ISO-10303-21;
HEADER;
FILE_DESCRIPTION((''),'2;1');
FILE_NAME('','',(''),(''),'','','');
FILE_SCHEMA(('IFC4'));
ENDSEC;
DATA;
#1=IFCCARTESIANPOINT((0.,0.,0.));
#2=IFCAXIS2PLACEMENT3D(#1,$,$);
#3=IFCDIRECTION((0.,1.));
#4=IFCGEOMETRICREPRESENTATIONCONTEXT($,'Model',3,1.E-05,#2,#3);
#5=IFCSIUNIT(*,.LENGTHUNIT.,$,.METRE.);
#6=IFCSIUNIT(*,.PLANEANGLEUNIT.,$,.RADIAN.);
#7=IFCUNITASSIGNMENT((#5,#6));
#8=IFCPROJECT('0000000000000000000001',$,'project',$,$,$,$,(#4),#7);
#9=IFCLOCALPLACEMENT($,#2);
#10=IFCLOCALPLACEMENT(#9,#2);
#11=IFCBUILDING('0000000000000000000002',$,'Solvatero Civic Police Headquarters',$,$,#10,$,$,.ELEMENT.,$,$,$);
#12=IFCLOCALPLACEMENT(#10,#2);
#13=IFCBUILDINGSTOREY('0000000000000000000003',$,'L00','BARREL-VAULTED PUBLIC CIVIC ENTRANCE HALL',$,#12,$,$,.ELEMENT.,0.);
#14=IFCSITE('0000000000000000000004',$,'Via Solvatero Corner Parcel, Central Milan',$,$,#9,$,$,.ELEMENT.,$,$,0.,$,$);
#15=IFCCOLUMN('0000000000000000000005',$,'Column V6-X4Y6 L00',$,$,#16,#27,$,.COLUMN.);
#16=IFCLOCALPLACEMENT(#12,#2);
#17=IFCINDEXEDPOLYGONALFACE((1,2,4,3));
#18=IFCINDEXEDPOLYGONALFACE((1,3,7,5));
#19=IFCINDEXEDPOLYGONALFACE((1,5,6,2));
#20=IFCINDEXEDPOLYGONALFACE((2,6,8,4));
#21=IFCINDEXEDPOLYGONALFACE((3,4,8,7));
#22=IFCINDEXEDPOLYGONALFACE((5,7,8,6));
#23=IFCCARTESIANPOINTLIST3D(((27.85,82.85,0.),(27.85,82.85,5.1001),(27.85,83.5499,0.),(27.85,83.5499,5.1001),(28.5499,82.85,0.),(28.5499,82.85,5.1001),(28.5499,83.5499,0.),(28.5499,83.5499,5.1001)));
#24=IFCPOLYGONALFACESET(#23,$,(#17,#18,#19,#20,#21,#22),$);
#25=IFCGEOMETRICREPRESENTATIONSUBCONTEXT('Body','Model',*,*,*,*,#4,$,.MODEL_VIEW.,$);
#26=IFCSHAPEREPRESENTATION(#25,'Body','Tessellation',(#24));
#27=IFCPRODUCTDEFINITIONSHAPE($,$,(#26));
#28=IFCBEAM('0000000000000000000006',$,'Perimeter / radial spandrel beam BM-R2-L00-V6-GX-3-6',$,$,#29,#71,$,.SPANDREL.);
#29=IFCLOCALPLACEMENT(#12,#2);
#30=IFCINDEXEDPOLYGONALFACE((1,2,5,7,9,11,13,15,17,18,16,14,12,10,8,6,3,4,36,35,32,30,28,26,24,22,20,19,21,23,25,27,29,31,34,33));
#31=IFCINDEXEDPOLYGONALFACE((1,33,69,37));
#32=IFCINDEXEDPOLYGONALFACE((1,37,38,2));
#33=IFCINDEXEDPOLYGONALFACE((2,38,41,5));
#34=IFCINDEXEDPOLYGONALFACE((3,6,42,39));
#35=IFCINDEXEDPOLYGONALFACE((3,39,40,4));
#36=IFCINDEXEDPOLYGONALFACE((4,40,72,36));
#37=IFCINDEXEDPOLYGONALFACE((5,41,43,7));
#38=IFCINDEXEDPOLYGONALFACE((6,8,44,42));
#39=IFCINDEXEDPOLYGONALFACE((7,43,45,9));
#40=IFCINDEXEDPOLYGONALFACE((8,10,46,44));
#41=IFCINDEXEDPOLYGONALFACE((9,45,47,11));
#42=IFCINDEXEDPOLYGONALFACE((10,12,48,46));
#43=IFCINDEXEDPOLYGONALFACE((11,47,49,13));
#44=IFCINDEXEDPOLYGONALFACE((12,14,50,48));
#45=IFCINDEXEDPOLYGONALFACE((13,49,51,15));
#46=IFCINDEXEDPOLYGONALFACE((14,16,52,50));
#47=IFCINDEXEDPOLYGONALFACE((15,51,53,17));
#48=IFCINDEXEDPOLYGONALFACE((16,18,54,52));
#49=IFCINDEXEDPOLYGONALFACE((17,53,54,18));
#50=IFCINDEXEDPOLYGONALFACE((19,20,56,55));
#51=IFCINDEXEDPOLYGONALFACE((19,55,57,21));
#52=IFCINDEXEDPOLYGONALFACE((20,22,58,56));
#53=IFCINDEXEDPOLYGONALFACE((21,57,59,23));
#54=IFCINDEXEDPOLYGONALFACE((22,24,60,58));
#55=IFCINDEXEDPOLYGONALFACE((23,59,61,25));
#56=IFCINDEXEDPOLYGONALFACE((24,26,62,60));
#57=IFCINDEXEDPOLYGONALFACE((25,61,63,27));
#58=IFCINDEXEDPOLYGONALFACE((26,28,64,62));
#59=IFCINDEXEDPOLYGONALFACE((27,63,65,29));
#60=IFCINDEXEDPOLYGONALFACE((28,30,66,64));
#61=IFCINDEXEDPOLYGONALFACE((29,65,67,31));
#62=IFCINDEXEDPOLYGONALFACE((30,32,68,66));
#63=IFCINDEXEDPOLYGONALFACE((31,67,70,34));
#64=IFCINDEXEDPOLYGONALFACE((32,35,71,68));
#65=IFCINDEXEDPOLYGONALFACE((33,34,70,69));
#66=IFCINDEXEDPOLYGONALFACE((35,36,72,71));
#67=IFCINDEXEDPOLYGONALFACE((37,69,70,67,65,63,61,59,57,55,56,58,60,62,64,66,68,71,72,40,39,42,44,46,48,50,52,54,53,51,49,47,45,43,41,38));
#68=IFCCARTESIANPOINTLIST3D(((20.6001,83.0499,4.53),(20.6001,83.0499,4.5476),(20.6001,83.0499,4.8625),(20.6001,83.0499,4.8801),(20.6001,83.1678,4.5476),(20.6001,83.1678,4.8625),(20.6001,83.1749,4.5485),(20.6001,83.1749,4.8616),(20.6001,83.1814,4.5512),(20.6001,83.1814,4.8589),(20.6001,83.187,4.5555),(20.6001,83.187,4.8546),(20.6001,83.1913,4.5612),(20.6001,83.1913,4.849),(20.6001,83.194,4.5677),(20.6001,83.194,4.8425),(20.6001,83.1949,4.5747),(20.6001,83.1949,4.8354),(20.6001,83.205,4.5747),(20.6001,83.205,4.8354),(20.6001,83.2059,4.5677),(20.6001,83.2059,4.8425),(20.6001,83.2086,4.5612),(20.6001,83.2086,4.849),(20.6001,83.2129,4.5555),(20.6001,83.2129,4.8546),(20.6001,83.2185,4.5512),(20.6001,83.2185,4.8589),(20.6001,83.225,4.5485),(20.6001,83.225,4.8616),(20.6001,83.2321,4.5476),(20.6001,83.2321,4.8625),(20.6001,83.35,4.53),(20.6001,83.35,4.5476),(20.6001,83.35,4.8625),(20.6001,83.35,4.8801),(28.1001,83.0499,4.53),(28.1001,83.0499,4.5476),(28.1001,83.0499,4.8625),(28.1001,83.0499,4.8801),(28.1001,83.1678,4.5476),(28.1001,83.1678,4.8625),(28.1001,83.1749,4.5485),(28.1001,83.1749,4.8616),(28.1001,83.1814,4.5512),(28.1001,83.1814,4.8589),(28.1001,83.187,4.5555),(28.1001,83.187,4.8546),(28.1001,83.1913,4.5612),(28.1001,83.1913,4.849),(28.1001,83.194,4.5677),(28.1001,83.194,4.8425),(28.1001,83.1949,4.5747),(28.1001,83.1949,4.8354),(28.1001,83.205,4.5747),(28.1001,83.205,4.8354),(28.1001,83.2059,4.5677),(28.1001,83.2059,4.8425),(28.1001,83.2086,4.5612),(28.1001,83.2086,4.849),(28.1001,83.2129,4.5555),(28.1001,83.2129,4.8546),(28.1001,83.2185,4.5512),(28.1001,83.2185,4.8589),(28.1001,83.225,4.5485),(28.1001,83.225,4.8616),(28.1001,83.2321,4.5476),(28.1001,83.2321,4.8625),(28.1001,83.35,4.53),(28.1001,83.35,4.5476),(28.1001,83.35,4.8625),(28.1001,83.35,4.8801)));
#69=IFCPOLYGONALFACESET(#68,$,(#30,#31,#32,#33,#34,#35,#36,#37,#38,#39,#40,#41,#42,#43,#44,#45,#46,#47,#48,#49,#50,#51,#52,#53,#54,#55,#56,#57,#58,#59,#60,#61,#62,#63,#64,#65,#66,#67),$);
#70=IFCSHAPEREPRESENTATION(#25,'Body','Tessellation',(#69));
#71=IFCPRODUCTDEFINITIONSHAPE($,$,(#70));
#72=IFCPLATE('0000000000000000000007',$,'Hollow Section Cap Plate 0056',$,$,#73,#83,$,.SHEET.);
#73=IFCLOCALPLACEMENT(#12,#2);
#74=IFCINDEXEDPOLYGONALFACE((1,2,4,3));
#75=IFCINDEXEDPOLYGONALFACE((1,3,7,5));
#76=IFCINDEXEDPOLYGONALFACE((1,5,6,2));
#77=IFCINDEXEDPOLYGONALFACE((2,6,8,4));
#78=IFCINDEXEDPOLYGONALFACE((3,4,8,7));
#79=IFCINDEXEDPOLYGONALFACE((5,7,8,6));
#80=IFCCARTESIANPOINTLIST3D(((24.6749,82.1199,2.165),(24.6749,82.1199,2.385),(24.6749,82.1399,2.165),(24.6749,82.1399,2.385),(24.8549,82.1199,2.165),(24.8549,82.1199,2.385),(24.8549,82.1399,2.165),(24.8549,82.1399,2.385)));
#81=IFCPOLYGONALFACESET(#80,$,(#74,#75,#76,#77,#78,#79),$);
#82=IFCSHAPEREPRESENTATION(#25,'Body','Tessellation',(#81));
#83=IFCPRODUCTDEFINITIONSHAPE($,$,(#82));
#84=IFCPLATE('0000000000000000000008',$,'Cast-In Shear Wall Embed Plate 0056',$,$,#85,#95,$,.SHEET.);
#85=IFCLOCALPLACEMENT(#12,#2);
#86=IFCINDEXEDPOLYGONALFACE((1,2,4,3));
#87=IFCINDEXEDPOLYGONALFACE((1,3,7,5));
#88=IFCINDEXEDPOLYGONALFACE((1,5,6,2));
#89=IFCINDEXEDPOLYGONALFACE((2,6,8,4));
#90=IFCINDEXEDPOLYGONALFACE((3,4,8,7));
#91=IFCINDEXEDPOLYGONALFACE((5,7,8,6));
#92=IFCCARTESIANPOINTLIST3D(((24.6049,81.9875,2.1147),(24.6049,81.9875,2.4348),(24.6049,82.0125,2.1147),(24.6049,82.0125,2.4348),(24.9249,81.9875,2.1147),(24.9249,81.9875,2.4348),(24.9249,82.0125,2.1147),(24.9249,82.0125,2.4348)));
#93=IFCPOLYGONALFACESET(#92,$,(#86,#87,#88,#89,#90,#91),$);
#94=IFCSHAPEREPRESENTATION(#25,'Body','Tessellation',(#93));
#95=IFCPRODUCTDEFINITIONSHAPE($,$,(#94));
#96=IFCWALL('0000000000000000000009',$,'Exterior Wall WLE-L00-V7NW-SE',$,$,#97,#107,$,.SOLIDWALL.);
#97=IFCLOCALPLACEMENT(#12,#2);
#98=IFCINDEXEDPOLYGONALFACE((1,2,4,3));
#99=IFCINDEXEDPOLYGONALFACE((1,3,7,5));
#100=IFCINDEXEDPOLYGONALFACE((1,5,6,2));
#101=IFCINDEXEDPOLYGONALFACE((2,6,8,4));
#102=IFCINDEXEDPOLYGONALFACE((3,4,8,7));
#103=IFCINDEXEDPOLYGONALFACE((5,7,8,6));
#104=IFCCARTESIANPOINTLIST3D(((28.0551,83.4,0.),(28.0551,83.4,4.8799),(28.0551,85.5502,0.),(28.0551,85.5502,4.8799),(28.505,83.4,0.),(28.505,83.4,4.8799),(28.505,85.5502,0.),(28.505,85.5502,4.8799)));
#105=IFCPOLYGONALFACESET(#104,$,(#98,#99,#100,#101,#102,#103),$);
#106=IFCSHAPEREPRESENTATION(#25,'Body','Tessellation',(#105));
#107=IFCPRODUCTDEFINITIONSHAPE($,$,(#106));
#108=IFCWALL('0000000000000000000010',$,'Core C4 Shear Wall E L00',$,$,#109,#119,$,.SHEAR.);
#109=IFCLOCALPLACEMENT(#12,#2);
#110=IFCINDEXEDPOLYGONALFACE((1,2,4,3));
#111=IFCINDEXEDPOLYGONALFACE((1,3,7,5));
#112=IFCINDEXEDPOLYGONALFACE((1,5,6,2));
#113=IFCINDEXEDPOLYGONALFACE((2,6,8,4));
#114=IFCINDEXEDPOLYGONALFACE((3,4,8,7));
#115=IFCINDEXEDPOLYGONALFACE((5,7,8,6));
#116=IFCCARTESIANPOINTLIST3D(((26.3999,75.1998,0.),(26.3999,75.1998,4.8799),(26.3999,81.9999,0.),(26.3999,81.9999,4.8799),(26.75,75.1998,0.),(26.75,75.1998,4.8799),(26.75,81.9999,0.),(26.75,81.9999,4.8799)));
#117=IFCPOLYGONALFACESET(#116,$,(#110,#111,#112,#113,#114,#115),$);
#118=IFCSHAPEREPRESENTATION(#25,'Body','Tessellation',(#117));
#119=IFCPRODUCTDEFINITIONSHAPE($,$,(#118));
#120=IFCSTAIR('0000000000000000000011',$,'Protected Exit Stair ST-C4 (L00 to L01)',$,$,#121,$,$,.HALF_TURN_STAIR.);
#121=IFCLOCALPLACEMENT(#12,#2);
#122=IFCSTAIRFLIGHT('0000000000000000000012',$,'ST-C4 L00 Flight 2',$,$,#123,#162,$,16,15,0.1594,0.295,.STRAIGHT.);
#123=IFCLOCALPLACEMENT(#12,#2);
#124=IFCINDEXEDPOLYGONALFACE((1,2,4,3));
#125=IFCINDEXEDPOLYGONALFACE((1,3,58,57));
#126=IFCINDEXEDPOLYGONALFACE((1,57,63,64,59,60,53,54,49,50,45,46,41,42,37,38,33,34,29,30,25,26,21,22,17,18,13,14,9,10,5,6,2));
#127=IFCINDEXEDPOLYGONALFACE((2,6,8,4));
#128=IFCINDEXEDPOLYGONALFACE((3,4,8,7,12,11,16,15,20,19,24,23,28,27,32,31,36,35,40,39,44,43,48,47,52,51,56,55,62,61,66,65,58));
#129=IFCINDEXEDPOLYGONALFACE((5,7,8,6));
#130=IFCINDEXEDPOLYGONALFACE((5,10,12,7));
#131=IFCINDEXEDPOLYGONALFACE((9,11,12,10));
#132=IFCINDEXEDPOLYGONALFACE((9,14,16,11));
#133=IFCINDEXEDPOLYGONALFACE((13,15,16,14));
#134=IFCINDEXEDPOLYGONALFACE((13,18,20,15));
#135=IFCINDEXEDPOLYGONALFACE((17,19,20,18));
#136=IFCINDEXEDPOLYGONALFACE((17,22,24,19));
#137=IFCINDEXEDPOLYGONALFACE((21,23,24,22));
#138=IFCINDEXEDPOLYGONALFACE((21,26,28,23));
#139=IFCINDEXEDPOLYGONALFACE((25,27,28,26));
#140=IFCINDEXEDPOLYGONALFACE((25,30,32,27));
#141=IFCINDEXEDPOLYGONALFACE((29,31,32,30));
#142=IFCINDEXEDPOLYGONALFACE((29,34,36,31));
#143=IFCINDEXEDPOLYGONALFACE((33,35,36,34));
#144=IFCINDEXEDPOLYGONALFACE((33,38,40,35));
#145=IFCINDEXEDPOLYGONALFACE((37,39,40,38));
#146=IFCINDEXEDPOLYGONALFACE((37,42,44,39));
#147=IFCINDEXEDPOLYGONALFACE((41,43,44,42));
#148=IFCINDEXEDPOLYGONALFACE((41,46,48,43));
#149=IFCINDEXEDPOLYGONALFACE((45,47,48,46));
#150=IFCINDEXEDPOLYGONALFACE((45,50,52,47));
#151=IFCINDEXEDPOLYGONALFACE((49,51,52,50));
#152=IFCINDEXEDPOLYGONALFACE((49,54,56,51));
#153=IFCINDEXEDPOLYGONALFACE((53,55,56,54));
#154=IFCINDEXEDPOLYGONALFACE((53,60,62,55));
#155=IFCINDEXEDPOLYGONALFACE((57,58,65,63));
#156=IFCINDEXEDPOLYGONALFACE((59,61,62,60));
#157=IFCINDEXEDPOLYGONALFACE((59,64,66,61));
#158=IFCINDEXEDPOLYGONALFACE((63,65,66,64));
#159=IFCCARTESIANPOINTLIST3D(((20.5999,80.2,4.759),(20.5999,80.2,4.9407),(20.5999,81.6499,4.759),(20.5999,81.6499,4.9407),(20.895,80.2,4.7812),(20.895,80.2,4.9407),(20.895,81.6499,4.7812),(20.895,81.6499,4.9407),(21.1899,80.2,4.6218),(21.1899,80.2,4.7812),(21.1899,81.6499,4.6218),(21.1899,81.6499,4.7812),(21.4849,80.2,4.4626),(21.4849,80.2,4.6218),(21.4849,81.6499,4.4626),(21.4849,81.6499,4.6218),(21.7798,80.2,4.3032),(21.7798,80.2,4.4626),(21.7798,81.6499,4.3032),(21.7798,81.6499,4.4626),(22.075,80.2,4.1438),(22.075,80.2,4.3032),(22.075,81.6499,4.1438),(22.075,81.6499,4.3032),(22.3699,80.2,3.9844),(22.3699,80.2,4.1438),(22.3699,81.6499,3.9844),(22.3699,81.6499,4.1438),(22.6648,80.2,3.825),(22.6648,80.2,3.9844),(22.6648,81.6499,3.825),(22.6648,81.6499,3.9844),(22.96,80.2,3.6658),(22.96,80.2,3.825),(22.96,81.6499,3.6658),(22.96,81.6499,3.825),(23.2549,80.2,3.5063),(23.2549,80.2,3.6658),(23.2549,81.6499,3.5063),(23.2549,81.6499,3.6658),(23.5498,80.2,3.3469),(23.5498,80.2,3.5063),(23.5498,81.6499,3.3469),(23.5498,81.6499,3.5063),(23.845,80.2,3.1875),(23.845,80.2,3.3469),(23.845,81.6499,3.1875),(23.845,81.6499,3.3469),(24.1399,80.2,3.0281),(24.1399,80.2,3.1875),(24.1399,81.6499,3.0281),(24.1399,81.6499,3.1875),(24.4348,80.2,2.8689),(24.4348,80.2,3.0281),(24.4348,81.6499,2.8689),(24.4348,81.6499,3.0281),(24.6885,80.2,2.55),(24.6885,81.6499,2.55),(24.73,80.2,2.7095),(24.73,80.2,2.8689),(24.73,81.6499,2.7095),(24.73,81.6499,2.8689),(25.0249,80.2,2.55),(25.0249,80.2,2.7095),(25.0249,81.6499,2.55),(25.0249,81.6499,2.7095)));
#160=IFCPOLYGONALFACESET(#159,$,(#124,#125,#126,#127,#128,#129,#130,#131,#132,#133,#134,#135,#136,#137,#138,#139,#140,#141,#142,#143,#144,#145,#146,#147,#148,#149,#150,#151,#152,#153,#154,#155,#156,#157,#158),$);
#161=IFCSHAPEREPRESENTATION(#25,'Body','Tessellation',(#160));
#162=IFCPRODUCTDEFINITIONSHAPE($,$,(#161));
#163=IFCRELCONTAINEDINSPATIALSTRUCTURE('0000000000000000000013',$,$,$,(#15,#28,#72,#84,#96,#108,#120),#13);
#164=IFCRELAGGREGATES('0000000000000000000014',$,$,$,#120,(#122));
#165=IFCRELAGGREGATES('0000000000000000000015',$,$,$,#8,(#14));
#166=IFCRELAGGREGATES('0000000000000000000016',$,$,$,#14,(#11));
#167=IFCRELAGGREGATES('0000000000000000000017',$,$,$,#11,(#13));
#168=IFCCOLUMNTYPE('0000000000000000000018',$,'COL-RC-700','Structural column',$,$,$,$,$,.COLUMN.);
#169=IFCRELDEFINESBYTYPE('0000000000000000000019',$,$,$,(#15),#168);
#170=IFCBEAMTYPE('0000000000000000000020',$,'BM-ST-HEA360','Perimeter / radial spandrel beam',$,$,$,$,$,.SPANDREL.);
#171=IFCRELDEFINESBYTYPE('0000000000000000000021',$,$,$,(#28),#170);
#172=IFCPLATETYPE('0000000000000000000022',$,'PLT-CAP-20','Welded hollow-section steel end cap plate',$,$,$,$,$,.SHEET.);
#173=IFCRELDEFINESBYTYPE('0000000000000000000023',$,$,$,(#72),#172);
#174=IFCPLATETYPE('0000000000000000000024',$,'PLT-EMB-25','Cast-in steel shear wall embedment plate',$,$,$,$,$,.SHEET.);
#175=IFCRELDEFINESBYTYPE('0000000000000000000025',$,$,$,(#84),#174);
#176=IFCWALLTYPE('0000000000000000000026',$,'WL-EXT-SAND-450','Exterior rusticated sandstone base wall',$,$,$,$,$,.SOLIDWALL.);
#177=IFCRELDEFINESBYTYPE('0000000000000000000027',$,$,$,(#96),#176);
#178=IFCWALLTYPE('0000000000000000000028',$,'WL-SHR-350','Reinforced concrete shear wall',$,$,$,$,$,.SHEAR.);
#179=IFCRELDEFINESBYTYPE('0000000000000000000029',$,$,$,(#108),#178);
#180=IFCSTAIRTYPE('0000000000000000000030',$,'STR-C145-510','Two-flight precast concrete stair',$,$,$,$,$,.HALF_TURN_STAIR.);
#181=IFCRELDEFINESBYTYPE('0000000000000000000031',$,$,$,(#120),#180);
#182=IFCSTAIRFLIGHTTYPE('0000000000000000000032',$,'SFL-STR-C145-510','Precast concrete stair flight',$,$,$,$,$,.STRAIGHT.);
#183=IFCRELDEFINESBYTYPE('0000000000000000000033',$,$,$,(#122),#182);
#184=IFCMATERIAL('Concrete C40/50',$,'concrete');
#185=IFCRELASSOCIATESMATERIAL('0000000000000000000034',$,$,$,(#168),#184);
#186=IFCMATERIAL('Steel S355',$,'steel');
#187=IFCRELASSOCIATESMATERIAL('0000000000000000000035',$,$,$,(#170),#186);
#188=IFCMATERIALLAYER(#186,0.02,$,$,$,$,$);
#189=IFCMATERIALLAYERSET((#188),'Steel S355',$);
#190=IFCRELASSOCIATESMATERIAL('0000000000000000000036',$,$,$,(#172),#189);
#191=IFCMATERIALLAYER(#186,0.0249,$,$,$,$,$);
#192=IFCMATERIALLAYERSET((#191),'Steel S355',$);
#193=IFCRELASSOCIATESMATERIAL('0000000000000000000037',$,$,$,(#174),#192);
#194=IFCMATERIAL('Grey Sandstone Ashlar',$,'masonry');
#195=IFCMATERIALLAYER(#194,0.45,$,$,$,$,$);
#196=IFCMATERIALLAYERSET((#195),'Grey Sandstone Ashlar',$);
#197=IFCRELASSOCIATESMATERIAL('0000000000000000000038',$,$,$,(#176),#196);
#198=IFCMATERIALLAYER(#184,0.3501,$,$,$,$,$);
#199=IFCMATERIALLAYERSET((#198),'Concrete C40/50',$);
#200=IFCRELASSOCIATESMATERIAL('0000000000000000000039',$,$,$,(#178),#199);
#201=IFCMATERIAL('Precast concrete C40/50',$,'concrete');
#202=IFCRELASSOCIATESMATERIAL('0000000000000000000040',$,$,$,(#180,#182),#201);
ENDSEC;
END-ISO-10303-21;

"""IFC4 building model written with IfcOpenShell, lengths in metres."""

from ifc_helpers import new_model, si_unit, direction, frame, frame_2d, origin, origin_2d, place, context, subcontext, project, spatial, polyline, rectangle, i_section, outline, extrude, material, layer, layer_set, material_profile, profile_set, type_object, element, aggregate, save


model = new_model("IFC4")

# Units and contexts
model_context = context("Model", 3, precision=1e-05, world=origin(), true_north=direction((0.0, 1.0)))
body_context = subcontext(model_context, "Body", "Model", "MODEL_VIEW")
ifc_project = project(units=[si_unit("LENGTHUNIT", "METRE"), si_unit("PLANEANGLEUNIT", "RADIAN")], contexts=[model_context])

# Site, building, storey
site_placement = place(None, origin())
site = spatial("IfcSite", under=ifc_project, at=site_placement, Name="Via Solvatero Corner Parcel, Central Milan", CompositionType="ELEMENT", RefElevation=0.0)
building_placement = place(site_placement, origin())
building = spatial("IfcBuilding", under=site, at=building_placement, Name="Solvatero Civic Police Headquarters", CompositionType="ELEMENT")
storey_placement = place(building_placement, origin())
storey = spatial("IfcBuildingStorey", under=building, at=storey_placement, Name="L00", Description="BARREL-VAULTED PUBLIC CIVIC ENTRANCE HALL", CompositionType="ELEMENT", Elevation=0.0)

# Column
ifc_material_1 = material(Name="Concrete C40/50", Category="concrete")
ifc_material_profile_1 = material_profile(ifc_material_1, rectangle(XDim=0.7, YDim=0.7, at=origin_2d()), Name="RC 700x700")
ifc_profile_set_1 = profile_set([ifc_material_profile_1], Name="Concrete C40/50")
column_type = type_object("IfcColumnType", Name="COL-RC-700", Description="Structural column", PredefinedType="COLUMN", material=ifc_profile_set_1)
column_placement = place(storey_placement, frame((28.2, 83.2, 0.0), z_axis=(0.0, 0.0, 1.0), x_axis=(1.0, 0.0, 0.0)))
element("IfcColumn", 1, at=column_placement, inside=storey, type_object=column_type, Name="Column V6-X4Y6 L00", PredefinedType="COLUMN", context=body_context, shape_type="SweptSolid", body=[
    extrude(rectangle(XDim=0.7, YDim=0.7, at=origin_2d()), origin(), (0.0, 0.0, 1.0), 5.1001),
])

# Beam
ifc_material_2 = material(Name="Steel S355", Category="steel")
ifc_material_profile_2 = material_profile(ifc_material_2, i_section(OverallWidth=0.3, OverallDepth=0.3501, WebThickness=0.01, FlangeThickness=0.0176, FilletRadius=0.0271, at=origin_2d()), Name="HEA 360")
ifc_profile_set_2 = profile_set([ifc_material_profile_2], Name="Steel S355")
beam_type = type_object("IfcBeamType", Name="BM-ST-HEA360", Description="Perimeter / radial spandrel beam", PredefinedType="SPANDREL", material=ifc_profile_set_2)
beam_placement = place(storey_placement, frame((20.6001, 83.2, 4.7051), z_axis=(1.0, 0.0, 0.0), x_axis=(0.0, 1.0, 0.0)))
element("IfcBeam", 2, at=beam_placement, inside=storey, type_object=beam_type, Name="Perimeter / radial spandrel beam BM-R2-L00-V6-GX-3-6", PredefinedType="SPANDREL", context=body_context, shape_type="SweptSolid", body=[
    extrude(i_section(OverallWidth=0.3, OverallDepth=0.3501, WebThickness=0.01, FlangeThickness=0.0176, FilletRadius=0.0271, at=origin_2d()), origin(), (0.0, 0.0, 1.0), 7.5),
])

# Plates
ifc_layer_1 = layer(ifc_material_2, 0.02)
ifc_layer_set_1 = layer_set([ifc_layer_1], Name="Steel S355")
plate_type_1 = type_object("IfcPlateType", Name="PLT-CAP-20", Description="Welded hollow-section steel end cap plate", PredefinedType="SHEET", material=ifc_layer_set_1)
plate_1_placement = place(storey_placement, frame((24.7649, 82.1299, 2.165), z_axis=(0.0, 0.0, 1.0), x_axis=(1.0, 0.0, 0.0)))
element("IfcPlate", 3, at=plate_1_placement, inside=storey, type_object=plate_type_1, Name="Hollow Section Cap Plate 0056", PredefinedType="SHEET", context=body_context, shape_type="SweptSolid", body=[
    extrude(rectangle(XDim=0.1799, YDim=0.02, at=origin_2d()), origin(), (0.0, 0.0, 1.0), 0.22),
])
ifc_layer_2 = layer(ifc_material_2, 0.0249)
ifc_layer_set_2 = layer_set([ifc_layer_2], Name="Steel S355")
plate_type_2 = type_object("IfcPlateType", Name="PLT-EMB-25", Description="Cast-in steel shear wall embedment plate", PredefinedType="SHEET", material=ifc_layer_set_2)
plate_2_placement = place(storey_placement, frame((24.7649, 82.0, 2.1147), z_axis=(0.0, 0.0, 1.0), x_axis=(1.0, 0.0, 0.0)))
element("IfcPlate", 4, at=plate_2_placement, inside=storey, type_object=plate_type_2, Name="Cast-In Shear Wall Embed Plate 0056", PredefinedType="SHEET", context=body_context, shape_type="SweptSolid", body=[
    extrude(rectangle(XDim=0.3201, YDim=0.0249, at=origin_2d()), origin(), (0.0, 0.0, 1.0), 0.3201),
])

# Walls
ifc_material_3 = material(Name="Grey Sandstone Ashlar", Category="masonry")
ifc_layer_3 = layer(ifc_material_3, 0.45)
ifc_layer_set_3 = layer_set([ifc_layer_3], Name="Grey Sandstone Ashlar")
wall_type_1 = type_object("IfcWallType", Name="WL-EXT-SAND-450", Description="Exterior rusticated sandstone base wall", PredefinedType="SOLIDWALL", material=ifc_layer_set_3)
wall_1_placement = place(storey_placement, frame((28.28, 83.3999, 0.0), z_axis=(0.0, 0.0, 1.0), x_axis=(0.0, 1.0, 0.0)))
element("IfcWall", 5, at=wall_1_placement, inside=storey, type_object=wall_type_1, Name="Exterior Wall WLE-L00-V7NW-SE", PredefinedType="SOLIDWALL", context=body_context, shape_type="SweptSolid", body=[
    extrude(rectangle(XDim=2.1501, YDim=0.45, at=frame_2d((1.0752, 0.0))), origin(), (0.0, 0.0, 1.0), 4.8799),
])
ifc_layer_4 = layer(ifc_material_1, 0.3501)
ifc_layer_set_4 = layer_set([ifc_layer_4], Name="Concrete C40/50")
wall_type_2 = type_object("IfcWallType", Name="WL-SHR-350", Description="Reinforced concrete shear wall", PredefinedType="SHEAR", material=ifc_layer_set_4)
wall_2_placement = place(storey_placement, frame((26.575, 75.2, 0.0), z_axis=(0.0, 0.0, 1.0), x_axis=(0.0, 1.0, 0.0)))
element("IfcWall", 6, at=wall_2_placement, inside=storey, type_object=wall_type_2, Name="Core C4 Shear Wall E L00", PredefinedType="SHEAR", context=body_context, shape_type="SweptSolid", body=[
    extrude(rectangle(XDim=6.8, YDim=0.3501, at=frame_2d((3.3999, 0.0))), origin(), (0.0, 0.0, 1.0), 4.8799),
])

# Stair, stair flight
ifc_material_4 = material(Name="Precast concrete C40/50", Category="concrete")
stair_type = type_object("IfcStairType", Name="STR-C145-510", Description="Two-flight precast concrete stair", PredefinedType="HALF_TURN_STAIR", material=ifc_material_4)
stair_placement = place(storey_placement, origin())
stair = element("IfcStair", 7, at=stair_placement, inside=storey, type_object=stair_type, Name="Protected Exit Stair ST-C4 (L00 to L01)", PredefinedType="HALF_TURN_STAIR")
stair_flight_type = type_object("IfcStairFlightType", Name="SFL-STR-C145-510", Description="Precast concrete stair flight", PredefinedType="STRAIGHT", material=ifc_material_4)
stair_flight_placement = place(storey_placement, frame((25.0249, 80.925, 2.55), z_axis=(0.0, 0.0, 1.0), x_axis=(-1.0, 0.0, 0.0)))
stair_flight = element("IfcStairFlight", 8, at=stair_flight_placement, type_object=stair_flight_type, Name="ST-C4 L00 Flight 2", NumberOfRisers=16, NumberOfTreads=15, PredefinedType="STRAIGHT", RiserHeight=0.1594, TreadLength=0.295, context=body_context, shape_type="SweptSolid", body=[
    extrude(outline(polyline([(0.0, 0.0), (0.0, 0.1594), (0.2949, 0.1594), (0.2949, 0.3188), (0.5901, 0.3188), (0.5901, 0.478), (0.885, 0.478), (0.885, 0.6375), (1.1799, 0.6375), (1.1799, 0.7969), (1.4751, 0.7969), (1.4751, 0.9563), (1.77, 0.9563), (1.77, 1.1157), (2.0649, 1.1157), (2.0649, 1.2749), (2.3601, 1.2749), (2.3601, 1.4343), (2.655, 1.4343), (2.655, 1.5938), (2.95, 1.5938), (2.95, 1.7532), (3.2451, 1.7532), (3.2451, 1.9126), (3.54, 1.9126), (3.54, 2.0718), (3.835, 2.0718), (3.835, 2.2312), (4.1299, 2.2312), (4.1299, 2.3906), (4.425, 2.3906), (4.425, 2.55), (4.425, 2.209), (0.3364, 0.0), (0.0, 0.0)])), frame((0.0, 0.7251, 0.0), z_axis=(0.0, -1.0, 0.0), x_axis=(1.0, 0.0, 0.0)), (0.0, 0.0, 1.0), 1.45),
])
aggregate(stair, [stair_flight])

save(model, "model.ifc")
